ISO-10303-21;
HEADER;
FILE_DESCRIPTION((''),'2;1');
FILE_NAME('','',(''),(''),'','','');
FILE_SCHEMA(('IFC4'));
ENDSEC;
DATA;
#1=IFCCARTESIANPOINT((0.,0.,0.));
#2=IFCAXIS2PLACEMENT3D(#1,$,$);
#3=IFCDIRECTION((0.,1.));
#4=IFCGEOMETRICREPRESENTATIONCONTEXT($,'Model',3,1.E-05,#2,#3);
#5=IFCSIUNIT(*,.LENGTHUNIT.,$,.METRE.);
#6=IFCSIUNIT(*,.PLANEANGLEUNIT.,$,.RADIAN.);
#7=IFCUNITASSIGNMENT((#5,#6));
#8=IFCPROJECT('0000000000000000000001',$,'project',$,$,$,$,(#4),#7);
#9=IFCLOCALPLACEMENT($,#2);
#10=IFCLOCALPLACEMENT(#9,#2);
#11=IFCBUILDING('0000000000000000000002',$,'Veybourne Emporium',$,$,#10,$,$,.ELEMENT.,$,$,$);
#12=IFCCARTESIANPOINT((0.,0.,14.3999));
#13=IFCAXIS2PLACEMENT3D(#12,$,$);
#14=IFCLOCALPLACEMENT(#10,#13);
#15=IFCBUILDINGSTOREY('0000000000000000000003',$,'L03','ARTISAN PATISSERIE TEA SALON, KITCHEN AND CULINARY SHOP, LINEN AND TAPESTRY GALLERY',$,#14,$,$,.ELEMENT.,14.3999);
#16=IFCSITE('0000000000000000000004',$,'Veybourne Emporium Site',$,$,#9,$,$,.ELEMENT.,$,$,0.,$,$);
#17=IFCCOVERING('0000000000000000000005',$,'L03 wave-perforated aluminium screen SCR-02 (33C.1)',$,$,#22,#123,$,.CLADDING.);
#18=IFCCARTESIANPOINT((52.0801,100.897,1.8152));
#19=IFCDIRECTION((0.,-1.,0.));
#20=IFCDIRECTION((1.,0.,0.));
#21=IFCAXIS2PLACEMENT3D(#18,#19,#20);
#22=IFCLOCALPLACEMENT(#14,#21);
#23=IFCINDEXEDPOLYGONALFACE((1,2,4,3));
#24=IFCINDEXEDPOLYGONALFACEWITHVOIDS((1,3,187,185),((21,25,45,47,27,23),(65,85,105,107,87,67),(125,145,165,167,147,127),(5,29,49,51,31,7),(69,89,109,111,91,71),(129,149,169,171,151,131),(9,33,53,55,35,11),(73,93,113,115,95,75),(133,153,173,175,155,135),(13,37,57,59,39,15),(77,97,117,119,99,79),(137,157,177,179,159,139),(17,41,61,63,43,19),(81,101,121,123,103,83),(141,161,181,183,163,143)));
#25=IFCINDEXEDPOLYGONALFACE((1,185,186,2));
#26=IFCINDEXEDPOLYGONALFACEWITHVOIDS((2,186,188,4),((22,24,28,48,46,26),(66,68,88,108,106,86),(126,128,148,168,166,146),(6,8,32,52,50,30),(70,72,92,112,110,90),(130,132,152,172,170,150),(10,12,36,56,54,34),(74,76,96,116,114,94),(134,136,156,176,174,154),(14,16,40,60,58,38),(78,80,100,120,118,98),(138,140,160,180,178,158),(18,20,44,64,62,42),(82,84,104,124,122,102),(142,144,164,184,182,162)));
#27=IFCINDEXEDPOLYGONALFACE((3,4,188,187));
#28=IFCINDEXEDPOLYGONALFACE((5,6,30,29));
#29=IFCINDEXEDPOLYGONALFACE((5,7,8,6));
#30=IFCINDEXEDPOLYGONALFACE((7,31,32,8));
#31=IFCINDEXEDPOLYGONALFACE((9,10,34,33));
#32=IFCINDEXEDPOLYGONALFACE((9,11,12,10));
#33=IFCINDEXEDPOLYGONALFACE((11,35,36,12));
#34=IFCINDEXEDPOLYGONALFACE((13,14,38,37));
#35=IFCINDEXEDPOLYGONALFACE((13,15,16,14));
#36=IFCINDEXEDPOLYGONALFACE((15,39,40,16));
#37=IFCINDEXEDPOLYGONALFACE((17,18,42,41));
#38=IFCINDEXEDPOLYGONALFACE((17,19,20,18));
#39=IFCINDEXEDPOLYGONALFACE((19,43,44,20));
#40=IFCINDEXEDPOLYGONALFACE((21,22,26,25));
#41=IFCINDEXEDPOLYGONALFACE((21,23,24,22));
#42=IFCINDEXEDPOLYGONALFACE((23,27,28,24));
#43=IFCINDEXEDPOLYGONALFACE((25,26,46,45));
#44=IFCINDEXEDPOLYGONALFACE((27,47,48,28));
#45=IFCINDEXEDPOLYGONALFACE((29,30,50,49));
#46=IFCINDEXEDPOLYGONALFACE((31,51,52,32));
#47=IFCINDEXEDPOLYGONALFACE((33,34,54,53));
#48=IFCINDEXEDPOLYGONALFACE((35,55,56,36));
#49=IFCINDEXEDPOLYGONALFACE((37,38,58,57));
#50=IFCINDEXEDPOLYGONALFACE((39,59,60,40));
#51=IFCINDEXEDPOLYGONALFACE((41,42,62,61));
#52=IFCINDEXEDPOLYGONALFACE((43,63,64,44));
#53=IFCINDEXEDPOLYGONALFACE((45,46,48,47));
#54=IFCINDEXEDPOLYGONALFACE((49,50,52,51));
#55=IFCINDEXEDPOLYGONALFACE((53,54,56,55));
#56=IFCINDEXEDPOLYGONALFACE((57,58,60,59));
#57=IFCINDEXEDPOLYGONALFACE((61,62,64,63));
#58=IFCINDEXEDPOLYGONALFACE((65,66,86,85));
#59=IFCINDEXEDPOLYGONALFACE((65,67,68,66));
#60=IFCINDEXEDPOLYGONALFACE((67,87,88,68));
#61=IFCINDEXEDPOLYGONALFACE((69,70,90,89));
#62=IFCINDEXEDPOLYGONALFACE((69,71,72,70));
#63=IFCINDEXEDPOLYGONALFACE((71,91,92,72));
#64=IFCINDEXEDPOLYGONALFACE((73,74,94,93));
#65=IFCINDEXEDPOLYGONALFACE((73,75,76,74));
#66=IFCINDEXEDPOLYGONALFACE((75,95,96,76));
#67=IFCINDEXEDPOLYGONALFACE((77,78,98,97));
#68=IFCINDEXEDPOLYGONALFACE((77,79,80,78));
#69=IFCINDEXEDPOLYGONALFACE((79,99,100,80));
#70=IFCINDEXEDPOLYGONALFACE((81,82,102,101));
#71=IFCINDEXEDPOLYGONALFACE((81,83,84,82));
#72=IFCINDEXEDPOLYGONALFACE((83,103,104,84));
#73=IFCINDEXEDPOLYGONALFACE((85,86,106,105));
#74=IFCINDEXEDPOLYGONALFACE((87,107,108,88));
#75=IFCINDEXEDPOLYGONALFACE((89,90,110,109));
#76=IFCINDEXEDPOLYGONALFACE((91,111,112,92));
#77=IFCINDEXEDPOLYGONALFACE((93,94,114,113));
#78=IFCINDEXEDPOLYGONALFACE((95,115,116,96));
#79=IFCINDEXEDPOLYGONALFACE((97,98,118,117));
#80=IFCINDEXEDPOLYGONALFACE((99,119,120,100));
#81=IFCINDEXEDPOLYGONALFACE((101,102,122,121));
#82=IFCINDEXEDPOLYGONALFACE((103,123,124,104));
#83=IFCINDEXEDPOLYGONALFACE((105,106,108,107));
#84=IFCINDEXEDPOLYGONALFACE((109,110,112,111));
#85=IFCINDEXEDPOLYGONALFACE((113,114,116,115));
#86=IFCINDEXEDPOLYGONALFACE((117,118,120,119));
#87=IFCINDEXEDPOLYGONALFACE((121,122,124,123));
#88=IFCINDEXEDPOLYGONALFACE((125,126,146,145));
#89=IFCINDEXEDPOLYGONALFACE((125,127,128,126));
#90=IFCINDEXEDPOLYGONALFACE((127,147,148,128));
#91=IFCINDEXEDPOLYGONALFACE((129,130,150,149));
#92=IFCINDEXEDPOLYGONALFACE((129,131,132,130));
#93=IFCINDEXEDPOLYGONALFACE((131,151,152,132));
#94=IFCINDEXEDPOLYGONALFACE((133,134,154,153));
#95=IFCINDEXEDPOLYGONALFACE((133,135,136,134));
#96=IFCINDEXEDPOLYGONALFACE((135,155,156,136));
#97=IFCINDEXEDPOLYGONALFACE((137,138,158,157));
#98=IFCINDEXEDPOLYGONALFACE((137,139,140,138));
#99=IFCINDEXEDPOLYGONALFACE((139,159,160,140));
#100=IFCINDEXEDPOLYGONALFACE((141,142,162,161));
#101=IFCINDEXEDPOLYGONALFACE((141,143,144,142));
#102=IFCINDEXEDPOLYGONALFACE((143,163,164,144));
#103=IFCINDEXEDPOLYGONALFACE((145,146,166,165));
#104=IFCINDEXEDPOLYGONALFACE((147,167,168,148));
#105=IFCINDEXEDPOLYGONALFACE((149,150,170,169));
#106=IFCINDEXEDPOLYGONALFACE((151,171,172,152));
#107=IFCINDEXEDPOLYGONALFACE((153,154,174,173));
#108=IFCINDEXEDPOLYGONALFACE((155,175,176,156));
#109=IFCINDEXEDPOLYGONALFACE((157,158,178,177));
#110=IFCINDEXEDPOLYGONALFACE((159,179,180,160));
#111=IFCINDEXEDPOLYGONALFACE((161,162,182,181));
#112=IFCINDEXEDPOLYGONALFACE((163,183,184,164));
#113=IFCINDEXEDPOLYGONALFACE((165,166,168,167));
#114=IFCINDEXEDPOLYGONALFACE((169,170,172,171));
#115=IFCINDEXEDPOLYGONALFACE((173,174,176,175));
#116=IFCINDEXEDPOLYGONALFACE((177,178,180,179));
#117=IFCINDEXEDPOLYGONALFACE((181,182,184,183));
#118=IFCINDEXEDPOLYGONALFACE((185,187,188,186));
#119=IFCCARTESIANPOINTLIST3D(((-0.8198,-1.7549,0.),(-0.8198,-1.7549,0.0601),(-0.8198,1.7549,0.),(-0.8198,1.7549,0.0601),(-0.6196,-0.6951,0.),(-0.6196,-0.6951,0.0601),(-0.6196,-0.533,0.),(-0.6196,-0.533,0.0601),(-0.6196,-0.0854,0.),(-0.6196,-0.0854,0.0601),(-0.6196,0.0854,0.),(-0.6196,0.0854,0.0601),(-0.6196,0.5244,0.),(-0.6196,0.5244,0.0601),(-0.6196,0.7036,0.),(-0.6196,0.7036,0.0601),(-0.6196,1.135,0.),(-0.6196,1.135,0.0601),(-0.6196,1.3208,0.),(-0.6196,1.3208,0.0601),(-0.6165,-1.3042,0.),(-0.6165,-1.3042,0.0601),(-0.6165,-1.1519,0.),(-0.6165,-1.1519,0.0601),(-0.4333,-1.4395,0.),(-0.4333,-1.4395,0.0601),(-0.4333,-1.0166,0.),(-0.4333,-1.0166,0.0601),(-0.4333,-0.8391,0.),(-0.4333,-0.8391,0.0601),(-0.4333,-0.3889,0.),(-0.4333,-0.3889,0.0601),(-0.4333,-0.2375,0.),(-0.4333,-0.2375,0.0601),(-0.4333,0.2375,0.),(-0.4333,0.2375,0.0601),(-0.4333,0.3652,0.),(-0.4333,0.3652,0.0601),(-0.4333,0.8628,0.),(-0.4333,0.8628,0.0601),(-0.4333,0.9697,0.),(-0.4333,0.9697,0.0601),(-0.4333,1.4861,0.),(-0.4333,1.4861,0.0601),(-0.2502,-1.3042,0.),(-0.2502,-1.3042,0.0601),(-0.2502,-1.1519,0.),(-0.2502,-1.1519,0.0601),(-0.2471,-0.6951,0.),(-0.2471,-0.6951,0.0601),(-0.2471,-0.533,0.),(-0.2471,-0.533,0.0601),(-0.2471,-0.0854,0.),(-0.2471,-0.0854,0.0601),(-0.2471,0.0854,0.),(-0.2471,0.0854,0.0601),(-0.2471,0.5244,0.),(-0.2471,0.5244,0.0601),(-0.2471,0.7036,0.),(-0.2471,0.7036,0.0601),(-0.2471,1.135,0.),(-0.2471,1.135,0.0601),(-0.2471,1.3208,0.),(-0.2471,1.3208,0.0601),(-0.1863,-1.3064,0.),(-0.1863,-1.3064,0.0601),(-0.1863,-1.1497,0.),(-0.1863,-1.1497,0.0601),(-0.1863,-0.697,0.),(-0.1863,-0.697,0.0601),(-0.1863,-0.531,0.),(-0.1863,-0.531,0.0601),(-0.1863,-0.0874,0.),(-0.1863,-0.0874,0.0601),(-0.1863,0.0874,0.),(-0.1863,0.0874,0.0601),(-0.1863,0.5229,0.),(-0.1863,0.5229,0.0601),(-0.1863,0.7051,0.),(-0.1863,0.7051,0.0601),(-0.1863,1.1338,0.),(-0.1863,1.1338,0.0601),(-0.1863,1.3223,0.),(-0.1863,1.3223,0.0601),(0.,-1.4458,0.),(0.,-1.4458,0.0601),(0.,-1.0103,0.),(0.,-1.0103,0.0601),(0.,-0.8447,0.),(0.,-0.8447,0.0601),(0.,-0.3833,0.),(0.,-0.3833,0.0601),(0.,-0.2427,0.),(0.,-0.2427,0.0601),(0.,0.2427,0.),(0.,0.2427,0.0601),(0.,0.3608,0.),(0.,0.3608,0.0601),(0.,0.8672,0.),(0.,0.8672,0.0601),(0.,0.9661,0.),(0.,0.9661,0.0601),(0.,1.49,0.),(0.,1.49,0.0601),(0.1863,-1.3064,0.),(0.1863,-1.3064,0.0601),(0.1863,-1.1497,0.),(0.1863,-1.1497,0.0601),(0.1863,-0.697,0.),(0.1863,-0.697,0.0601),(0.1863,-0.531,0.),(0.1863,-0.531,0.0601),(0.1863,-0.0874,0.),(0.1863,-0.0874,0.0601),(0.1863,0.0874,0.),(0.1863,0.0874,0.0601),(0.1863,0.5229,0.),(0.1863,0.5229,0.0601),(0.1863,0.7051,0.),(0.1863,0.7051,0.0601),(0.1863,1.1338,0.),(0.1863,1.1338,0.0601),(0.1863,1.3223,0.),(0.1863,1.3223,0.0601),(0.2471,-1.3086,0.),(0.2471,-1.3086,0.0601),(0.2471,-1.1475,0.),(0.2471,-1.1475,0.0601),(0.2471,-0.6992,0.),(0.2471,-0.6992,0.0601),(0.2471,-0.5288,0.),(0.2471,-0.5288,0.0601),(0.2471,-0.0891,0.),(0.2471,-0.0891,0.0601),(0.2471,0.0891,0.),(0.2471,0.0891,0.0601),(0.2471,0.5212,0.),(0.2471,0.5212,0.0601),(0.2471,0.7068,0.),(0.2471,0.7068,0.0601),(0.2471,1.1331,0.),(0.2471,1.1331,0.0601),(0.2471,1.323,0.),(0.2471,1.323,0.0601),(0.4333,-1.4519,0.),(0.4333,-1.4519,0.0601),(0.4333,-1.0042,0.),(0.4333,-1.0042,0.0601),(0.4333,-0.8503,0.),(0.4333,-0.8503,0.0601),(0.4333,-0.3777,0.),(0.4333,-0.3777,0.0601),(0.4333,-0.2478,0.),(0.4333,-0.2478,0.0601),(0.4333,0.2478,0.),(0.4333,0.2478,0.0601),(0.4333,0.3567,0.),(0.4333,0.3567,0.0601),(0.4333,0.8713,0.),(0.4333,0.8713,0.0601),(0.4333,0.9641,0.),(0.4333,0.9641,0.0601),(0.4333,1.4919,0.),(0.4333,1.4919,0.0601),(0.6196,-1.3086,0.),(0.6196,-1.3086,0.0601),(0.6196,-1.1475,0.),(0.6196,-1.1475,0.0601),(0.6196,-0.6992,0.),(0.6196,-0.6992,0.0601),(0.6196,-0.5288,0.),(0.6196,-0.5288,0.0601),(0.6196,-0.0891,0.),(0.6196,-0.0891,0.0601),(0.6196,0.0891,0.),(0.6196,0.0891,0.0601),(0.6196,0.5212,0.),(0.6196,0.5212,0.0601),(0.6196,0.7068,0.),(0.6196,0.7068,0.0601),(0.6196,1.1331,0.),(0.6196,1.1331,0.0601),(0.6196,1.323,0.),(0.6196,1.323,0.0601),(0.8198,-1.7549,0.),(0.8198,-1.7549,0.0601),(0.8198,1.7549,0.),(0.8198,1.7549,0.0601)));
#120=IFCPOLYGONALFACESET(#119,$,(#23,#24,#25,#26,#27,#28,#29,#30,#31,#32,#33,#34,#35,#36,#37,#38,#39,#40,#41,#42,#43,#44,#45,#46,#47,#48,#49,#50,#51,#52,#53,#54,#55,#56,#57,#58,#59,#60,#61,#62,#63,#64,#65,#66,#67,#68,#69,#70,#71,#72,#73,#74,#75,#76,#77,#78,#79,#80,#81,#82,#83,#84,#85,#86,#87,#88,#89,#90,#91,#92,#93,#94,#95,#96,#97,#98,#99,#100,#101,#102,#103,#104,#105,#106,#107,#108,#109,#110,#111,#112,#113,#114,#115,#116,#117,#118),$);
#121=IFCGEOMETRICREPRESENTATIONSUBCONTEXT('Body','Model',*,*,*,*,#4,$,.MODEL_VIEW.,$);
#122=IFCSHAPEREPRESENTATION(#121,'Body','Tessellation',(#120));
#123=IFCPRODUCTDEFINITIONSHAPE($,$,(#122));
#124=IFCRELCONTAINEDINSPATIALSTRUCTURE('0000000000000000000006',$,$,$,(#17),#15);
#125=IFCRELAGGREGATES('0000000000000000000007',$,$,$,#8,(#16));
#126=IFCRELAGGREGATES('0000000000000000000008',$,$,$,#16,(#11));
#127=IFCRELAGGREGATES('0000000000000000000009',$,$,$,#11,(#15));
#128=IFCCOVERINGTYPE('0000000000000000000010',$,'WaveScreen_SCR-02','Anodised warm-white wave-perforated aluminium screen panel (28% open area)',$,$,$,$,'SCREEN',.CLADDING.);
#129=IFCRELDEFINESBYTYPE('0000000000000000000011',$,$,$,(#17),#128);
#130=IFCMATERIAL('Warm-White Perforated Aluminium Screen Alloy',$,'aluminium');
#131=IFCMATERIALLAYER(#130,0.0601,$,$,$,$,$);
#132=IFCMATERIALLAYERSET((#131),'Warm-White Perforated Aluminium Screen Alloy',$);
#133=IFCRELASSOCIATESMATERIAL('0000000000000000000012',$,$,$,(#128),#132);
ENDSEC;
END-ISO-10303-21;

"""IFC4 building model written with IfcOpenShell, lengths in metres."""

from ifc_helpers import new_model, si_unit, direction, frame, origin, place, context, subcontext, project, spatial, polyline, outline, extrude, material, layer, layer_set, type_object, element, save


model = new_model("IFC4")

# Units and contexts
model_context = context("Model", 3, precision=1e-05, world=origin(), true_north=direction((0.0, 1.0)))
body_context = subcontext(model_context, "Body", "Model", "MODEL_VIEW")
ifc_project = project(units=[si_unit("LENGTHUNIT", "METRE"), si_unit("PLANEANGLEUNIT", "RADIAN")], contexts=[model_context])

# Site, building, storey
site_placement = place(None, origin())
site = spatial("IfcSite", under=ifc_project, at=site_placement, Name="Veybourne Emporium Site", CompositionType="ELEMENT", RefElevation=0.0)
building_placement = place(site_placement, origin())
building = spatial("IfcBuilding", under=site, at=building_placement, Name="Veybourne Emporium", CompositionType="ELEMENT")
storey_placement = place(building_placement, frame((0.0, 0.0, 14.3999)))
storey = spatial("IfcBuildingStorey", under=building, at=storey_placement, Name="L03", Description="ARTISAN PATISSERIE TEA SALON, KITCHEN AND CULINARY SHOP, LINEN AND TAPESTRY GALLERY", CompositionType="ELEMENT", Elevation=14.3999)

# Covering
ifc_material_1 = material(Name="Warm-White Perforated Aluminium Screen Alloy", Category="aluminium")
ifc_layer_1 = layer(ifc_material_1, 0.0601)
ifc_layer_set_1 = layer_set([ifc_layer_1], Name="Warm-White Perforated Aluminium Screen Alloy")
covering_type_1 = type_object("IfcCoveringType", Name="WaveScreen_SCR-02", Description="Anodised warm-white wave-perforated aluminium screen panel (28% open area)", ElementType="SCREEN", PredefinedType="CLADDING", material=ifc_layer_set_1)
covering_1_placement = place(storey_placement, frame((52.0801, 100.897, 1.8152), z_axis=(0.0, -1.0, 0.0), x_axis=(1.0, 0.0, 0.0)))
element("IfcCovering", 1, at=covering_1_placement, inside=storey, type_object=covering_type_1, Name="L03 wave-perforated aluminium screen SCR-02 (33C.1)", PredefinedType="CLADDING", context=body_context, shape_type="SweptSolid", body=[
    extrude(outline(polyline([(-0.8198, -1.7549), (0.8198, -1.7549), (0.8198, 1.7549), (-0.8198, 1.7549), (-0.8198, -1.7549)]), holes=[polyline([(-0.4333, -1.0166), (-0.2502, -1.1519), (-0.2502, -1.3042), (-0.4333, -1.4395), (-0.6165, -1.3042), (-0.6165, -1.1519), (-0.4333, -1.0166)]), polyline([(-0.4333, -0.3889), (-0.2471, -0.533), (-0.2471, -0.6951), (-0.4333, -0.8391), (-0.6196, -0.6951), (-0.6196, -0.533), (-0.4333, -0.3889)]), polyline([(-0.4333, 0.2375), (-0.2471, 0.0854), (-0.2471, -0.0854), (-0.4333, -0.2375), (-0.6196, -0.0854), (-0.6196, 0.0854), (-0.4333, 0.2375)]), polyline([(-0.4333, 0.8628), (-0.2471, 0.7036), (-0.2471, 0.5244), (-0.4333, 0.3652), (-0.6196, 0.5244), (-0.6196, 0.7036), (-0.4333, 0.8628)]), polyline([(-0.4333, 1.4861), (-0.2471, 1.3208), (-0.2471, 1.135), (-0.4333, 0.9697), (-0.6196, 1.135), (-0.6196, 1.3208), (-0.4333, 1.4861)]), polyline([(0.0, -1.0103), (0.1863, -1.1497), (0.1863, -1.3064), (0.0, -1.4458), (-0.1863, -1.3064), (-0.1863, -1.1497), (0.0, -1.0103)]), polyline([(0.0, -0.3833), (0.1863, -0.531), (0.1863, -0.697), (0.0, -0.8447), (-0.1863, -0.697), (-0.1863, -0.531), (0.0, -0.3833)]), polyline([(0.0, 0.2427), (0.1863, 0.0874), (0.1863, -0.0874), (0.0, -0.2427), (-0.1863, -0.0874), (-0.1863, 0.0874), (0.0, 0.2427)]), polyline([(0.0, 0.8672), (0.1863, 0.7051), (0.1863, 0.5229), (0.0, 0.3608), (-0.1863, 0.5229), (-0.1863, 0.7051), (0.0, 0.8672)]), polyline([(0.0, 1.49), (0.1863, 1.3223), (0.1863, 1.1338), (0.0, 0.9661), (-0.1863, 1.1338), (-0.1863, 1.3223), (0.0, 1.49)]), polyline([(0.4333, -1.0042), (0.6196, -1.1475), (0.6196, -1.3086), (0.4333, -1.4519), (0.2471, -1.3086), (0.2471, -1.1475), (0.4333, -1.0042)]), polyline([(0.4333, -0.3777), (0.6196, -0.5288), (0.6196, -0.6992), (0.4333, -0.8503), (0.2471, -0.6992), (0.2471, -0.5288), (0.4333, -0.3777)]), polyline([(0.4333, 0.2478), (0.6196, 0.0891), (0.6196, -0.0891), (0.4333, -0.2478), (0.2471, -0.0891), (0.2471, 0.0891), (0.4333, 0.2478)]), polyline([(0.4333, 0.8713), (0.6196, 0.7068), (0.6196, 0.5212), (0.4333, 0.3567), (0.2471, 0.5212), (0.2471, 0.7068), (0.4333, 0.8713)]), polyline([(0.4333, 1.4919), (0.6196, 1.323), (0.6196, 1.1331), (0.4333, 0.9641), (0.2471, 1.1331), (0.2471, 1.323), (0.4333, 1.4919)])]), origin(), (0.0, 0.0, 1.0), 0.0601),
])

save(model, "model.ifc")
